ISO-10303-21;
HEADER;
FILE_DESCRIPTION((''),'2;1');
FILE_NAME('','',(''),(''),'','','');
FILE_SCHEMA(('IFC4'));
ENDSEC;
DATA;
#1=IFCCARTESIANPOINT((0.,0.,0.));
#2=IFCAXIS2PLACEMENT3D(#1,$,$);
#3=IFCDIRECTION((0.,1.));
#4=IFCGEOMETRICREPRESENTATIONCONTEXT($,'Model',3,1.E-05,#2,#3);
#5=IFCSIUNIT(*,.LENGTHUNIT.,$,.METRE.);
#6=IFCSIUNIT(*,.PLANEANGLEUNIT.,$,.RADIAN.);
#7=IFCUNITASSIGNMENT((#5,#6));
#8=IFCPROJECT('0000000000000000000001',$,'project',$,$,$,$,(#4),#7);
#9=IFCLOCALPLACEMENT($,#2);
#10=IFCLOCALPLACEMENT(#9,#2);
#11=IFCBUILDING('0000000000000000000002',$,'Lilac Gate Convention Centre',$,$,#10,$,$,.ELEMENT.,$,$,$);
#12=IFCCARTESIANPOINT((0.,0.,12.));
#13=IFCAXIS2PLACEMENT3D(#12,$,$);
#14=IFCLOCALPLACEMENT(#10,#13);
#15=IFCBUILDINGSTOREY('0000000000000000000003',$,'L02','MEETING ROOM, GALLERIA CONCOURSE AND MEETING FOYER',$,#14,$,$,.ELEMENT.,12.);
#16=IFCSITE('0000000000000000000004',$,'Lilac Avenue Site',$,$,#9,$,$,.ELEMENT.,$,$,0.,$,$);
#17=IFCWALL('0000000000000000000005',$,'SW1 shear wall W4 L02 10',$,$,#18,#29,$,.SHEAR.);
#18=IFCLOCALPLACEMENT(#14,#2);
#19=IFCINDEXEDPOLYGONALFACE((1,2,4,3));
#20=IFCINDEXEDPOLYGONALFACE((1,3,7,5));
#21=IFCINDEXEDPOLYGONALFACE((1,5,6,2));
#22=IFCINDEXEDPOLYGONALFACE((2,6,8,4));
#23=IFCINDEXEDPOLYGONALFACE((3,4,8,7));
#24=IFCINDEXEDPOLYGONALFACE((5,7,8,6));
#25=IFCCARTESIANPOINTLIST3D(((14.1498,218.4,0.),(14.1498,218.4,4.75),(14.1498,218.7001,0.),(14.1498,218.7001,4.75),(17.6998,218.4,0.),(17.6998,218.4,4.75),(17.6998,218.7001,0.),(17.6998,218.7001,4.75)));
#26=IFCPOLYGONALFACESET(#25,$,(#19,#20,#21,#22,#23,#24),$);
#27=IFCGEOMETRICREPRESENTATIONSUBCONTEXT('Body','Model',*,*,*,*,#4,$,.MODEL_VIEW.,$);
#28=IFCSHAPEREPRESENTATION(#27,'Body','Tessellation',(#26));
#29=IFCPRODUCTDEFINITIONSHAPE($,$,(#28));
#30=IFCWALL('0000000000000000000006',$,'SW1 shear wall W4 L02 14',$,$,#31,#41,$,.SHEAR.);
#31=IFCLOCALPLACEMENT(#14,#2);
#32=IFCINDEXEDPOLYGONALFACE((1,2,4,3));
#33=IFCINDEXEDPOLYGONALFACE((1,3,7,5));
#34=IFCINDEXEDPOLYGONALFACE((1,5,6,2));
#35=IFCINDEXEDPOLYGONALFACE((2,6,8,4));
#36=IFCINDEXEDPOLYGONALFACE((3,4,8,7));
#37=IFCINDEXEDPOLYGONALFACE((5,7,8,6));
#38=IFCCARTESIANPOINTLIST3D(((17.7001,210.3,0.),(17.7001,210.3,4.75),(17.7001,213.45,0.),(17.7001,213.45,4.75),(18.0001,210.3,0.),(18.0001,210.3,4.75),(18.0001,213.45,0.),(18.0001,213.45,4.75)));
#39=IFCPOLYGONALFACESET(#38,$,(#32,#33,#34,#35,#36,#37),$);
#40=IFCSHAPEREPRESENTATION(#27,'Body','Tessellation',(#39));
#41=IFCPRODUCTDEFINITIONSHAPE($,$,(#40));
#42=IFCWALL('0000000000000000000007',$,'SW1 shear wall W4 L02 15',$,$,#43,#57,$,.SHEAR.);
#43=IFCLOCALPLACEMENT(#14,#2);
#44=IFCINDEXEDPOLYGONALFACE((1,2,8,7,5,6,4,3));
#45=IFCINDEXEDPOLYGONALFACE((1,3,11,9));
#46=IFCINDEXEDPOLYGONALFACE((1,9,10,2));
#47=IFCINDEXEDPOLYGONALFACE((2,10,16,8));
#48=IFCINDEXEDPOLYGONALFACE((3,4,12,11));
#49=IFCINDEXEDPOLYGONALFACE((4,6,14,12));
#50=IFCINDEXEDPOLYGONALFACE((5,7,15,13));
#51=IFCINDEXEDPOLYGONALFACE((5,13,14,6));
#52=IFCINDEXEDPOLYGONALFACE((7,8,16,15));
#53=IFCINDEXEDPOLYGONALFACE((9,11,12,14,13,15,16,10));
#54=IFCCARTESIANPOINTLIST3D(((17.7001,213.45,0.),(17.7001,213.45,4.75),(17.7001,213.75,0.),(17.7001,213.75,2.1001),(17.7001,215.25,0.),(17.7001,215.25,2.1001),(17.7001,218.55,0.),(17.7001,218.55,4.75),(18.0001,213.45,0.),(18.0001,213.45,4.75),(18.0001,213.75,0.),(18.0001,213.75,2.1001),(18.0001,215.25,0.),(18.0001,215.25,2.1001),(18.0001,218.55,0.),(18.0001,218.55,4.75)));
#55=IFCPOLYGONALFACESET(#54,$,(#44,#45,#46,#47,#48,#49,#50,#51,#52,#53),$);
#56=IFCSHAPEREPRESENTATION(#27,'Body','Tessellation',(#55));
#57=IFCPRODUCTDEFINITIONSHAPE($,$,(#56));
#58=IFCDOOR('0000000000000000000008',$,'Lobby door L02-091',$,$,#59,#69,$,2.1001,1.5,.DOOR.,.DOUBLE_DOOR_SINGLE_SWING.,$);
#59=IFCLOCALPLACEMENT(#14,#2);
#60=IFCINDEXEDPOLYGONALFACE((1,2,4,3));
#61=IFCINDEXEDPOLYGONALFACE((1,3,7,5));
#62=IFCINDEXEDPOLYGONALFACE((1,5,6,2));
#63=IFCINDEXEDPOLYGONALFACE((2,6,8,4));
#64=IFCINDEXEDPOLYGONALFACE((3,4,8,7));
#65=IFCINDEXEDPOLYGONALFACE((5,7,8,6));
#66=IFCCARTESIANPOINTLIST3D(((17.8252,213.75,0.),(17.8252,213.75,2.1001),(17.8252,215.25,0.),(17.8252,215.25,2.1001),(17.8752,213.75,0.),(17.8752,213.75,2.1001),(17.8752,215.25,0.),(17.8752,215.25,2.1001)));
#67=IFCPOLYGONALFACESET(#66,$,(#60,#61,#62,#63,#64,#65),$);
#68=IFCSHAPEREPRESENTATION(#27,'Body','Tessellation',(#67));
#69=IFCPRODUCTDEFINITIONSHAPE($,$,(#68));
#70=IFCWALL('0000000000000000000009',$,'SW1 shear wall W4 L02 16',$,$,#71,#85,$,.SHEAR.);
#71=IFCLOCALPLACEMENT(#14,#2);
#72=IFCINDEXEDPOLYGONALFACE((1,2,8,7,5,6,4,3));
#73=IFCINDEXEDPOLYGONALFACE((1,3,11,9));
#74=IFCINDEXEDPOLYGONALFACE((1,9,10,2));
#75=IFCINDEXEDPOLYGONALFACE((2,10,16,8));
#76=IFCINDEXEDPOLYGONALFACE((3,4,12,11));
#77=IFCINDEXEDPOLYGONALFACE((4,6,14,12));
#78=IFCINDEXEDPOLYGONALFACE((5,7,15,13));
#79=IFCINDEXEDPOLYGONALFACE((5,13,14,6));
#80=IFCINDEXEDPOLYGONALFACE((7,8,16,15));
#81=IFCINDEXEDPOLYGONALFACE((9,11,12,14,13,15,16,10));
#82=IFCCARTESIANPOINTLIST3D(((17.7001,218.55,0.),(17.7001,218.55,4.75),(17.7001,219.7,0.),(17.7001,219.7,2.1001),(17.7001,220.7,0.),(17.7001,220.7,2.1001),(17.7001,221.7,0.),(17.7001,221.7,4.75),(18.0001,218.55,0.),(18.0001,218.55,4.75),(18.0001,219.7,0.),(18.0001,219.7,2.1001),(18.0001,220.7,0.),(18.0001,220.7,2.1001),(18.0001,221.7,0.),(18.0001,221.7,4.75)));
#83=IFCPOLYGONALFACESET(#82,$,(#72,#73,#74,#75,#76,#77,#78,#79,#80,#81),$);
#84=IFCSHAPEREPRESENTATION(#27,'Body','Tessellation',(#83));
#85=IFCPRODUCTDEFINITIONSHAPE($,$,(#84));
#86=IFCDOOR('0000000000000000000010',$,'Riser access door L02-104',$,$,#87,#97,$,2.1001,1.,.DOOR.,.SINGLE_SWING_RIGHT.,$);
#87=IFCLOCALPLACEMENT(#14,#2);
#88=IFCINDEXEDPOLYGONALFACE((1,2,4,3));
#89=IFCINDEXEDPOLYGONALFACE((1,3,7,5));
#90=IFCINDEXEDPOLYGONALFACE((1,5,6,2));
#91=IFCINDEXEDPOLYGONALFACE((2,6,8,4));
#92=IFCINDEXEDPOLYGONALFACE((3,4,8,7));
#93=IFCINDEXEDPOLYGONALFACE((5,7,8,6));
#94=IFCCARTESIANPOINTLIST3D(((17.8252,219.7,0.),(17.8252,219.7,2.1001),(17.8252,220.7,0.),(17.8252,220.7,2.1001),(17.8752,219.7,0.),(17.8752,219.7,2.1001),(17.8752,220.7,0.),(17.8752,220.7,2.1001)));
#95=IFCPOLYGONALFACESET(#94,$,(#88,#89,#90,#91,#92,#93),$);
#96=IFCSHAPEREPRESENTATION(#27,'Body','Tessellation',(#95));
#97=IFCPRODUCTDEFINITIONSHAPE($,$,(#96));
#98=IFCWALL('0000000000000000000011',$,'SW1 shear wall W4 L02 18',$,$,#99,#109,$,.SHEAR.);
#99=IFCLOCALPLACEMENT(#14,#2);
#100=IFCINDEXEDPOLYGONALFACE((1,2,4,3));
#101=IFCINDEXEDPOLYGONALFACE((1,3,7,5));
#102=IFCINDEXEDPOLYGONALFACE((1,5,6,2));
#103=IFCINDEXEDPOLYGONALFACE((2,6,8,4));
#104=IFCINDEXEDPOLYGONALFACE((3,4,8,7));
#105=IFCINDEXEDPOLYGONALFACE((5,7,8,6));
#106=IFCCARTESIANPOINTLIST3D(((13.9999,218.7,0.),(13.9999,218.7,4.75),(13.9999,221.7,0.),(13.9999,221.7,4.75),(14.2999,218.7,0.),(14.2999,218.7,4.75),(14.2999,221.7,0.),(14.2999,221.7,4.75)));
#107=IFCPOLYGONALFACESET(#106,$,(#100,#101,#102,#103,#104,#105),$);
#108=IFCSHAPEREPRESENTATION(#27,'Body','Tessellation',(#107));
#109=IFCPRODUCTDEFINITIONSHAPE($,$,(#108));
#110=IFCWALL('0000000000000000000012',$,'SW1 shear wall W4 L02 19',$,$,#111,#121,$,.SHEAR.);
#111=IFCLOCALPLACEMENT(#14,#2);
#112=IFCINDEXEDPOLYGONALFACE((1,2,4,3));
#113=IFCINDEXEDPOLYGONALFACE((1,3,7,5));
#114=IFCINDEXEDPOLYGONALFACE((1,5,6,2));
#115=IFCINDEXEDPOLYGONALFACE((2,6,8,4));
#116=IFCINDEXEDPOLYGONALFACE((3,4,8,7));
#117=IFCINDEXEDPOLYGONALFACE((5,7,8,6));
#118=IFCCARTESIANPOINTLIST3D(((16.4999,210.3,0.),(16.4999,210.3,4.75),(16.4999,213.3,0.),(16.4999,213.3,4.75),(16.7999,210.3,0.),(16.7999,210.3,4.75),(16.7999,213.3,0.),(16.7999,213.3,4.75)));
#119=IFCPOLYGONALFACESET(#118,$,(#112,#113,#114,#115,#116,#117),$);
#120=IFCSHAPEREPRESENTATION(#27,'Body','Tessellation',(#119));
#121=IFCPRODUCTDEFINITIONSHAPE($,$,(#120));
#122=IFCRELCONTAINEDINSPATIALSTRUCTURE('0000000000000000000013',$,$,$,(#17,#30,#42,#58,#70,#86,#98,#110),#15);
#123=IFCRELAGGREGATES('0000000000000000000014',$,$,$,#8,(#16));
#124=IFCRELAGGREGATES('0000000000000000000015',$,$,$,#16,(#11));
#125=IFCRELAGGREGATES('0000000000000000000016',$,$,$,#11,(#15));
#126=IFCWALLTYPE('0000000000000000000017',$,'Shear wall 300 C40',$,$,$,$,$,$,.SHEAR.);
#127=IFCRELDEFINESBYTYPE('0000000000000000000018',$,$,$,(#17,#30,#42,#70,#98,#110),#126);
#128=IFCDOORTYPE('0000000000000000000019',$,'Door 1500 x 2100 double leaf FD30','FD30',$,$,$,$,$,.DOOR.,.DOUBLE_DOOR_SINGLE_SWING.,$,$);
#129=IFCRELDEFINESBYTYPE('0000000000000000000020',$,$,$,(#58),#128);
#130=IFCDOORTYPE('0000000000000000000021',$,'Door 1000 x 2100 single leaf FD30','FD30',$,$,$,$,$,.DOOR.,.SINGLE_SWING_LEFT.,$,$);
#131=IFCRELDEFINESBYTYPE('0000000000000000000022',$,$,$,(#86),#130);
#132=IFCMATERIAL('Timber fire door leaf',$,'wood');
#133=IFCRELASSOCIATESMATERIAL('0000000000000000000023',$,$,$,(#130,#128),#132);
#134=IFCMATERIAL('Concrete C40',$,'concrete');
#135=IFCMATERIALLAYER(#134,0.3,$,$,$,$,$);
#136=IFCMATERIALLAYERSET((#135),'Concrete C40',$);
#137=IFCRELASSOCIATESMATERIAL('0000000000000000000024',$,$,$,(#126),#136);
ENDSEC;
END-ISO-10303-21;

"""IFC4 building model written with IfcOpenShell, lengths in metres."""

from ifc_helpers import new_model, si_unit, direction, frame, frame_2d, origin, place, context, subcontext, project, spatial, rectangle, extrude, material, layer, layer_set, type_object, element, fill, save


model = new_model("IFC4")

# Units and contexts
model_context = context("Model", 3, precision=1e-05, world=origin(), true_north=direction((0.0, 1.0)))
body_context = subcontext(model_context, "Body", "Model", "MODEL_VIEW")
ifc_project = project(units=[si_unit("LENGTHUNIT", "METRE"), si_unit("PLANEANGLEUNIT", "RADIAN")], contexts=[model_context])

# Site, building, storey
site_placement = place(None, origin())
site = spatial("IfcSite", under=ifc_project, at=site_placement, Name="Lilac Avenue Site", CompositionType="ELEMENT", RefElevation=0.0)
building_placement = place(site_placement, origin())
building = spatial("IfcBuilding", under=site, at=building_placement, Name="Lilac Gate Convention Centre", CompositionType="ELEMENT")
storey_placement = place(building_placement, frame((0.0, 0.0, 12.0)))
storey = spatial("IfcBuildingStorey", under=building, at=storey_placement, Name="L02", Description="MEETING ROOM, GALLERIA CONCOURSE AND MEETING FOYER", CompositionType="ELEMENT", Elevation=12.0)

# Shared definitions
ifc_material_1 = material(Name="Concrete C40", Category="concrete")

# Shared definitions
ifc_material_2 = material(Name="Timber fire door leaf", Category="wood")
door_type_1 = type_object("IfcDoorType", Name="Door 1000 x 2100 single leaf FD30", Description="FD30", OperationType="SINGLE_SWING_LEFT", PredefinedType="DOOR", material=ifc_material_2)

# Shared definitions
ifc_layer_1 = layer(ifc_material_1, 0.3)
ifc_layer_set_1 = layer_set([ifc_layer_1], Name="Concrete C40")
wall_type_1 = type_object("IfcWallType", Name="Shear wall 300 C40", PredefinedType="SHEAR", material=ifc_layer_set_1)

# Walls
wall_1_placement = place(storey_placement, frame((14.1499, 218.55, 0.0), z_axis=(0.0, 0.0, 1.0), x_axis=(1.0, 0.0, 0.0)))
element("IfcWall", 1, at=wall_1_placement, inside=storey, type_object=wall_type_1, Name="SW1 shear wall W4 L02 10", PredefinedType="SHEAR", context=body_context, shape_type="SweptSolid", body=[
    extrude(rectangle(XDim=3.55, YDim=0.3, at=frame_2d((1.7749, 0.0))), origin(), (0.0, 0.0, 1.0), 4.75),
])
wall_2_placement = place(storey_placement, frame((17.8501, 210.3, 0.0), z_axis=(0.0, 0.0, 1.0), x_axis=(0.0, 1.0, 0.0)))
element("IfcWall", 2, at=wall_2_placement, inside=storey, type_object=wall_type_1, Name="SW1 shear wall W4 L02 14", PredefinedType="SHEAR", context=body_context, shape_type="SweptSolid", body=[
    extrude(rectangle(XDim=3.1499, YDim=0.3, at=frame_2d((1.575, 0.0))), origin(), (0.0, 0.0, 1.0), 4.75),
])

# Walls, openings, doors
wall_3_placement = place(storey_placement, frame((17.8501, 213.45, 0.0), z_axis=(0.0, 0.0, 1.0), x_axis=(0.0, 1.0, 0.0)))
wall_3 = element("IfcWall", 3, at=wall_3_placement, inside=storey, type_object=wall_type_1, Name="SW1 shear wall W4 L02 15", PredefinedType="SHEAR", context=body_context, shape_type="SweptSolid", body=[
    extrude(rectangle(XDim=5.1001, YDim=0.3, at=frame_2d((2.55, 0.0))), origin(), (0.0, 0.0, 1.0), 4.75),
])
opening_1_placement = place(wall_3_placement, frame((0.3, 0.0, 0.0)))
opening_1 = element("IfcOpeningElement", 4, at=opening_1_placement, cuts=wall_3, PredefinedType="OPENING", context=body_context, shape_type="SweptSolid", body=[
    extrude(rectangle(XDim=1.5, YDim=2.1001, at=frame_2d((0.75, 1.05))), frame((0.0, 0.1599, 0.0), z_axis=(0.0, -1.0, 0.0), x_axis=(1.0, 0.0, 0.0)), (0.0, 0.0, 1.0), 0.3201),
])
door_type_2 = type_object("IfcDoorType", Name="Door 1500 x 2100 double leaf FD30", Description="FD30", OperationType="DOUBLE_DOOR_SINGLE_SWING", PredefinedType="DOOR", material=ifc_material_2)
door_1_placement = place(opening_1_placement, origin())
door_1 = element("IfcDoor", 5, at=door_1_placement, inside=storey, type_object=door_type_2, Name="Lobby door L02-091", OperationType="DOUBLE_DOOR_SINGLE_SWING", OverallHeight=2.1001, OverallWidth=1.5, PredefinedType="DOOR", context=body_context, shape_type="SweptSolid", body=[
    extrude(rectangle(XDim=1.5, YDim=2.1001, at=frame_2d((0.75, 1.05))), frame((0.0, 0.0249, 0.0), z_axis=(0.0, -1.0, 0.0), x_axis=(1.0, 0.0, 0.0)), (0.0, 0.0, 1.0), 0.05),
])
fill(opening_1, door_1)
wall_4_placement = place(storey_placement, frame((17.8501, 218.55, 0.0), z_axis=(0.0, 0.0, 1.0), x_axis=(0.0, 1.0, 0.0)))
wall_4 = element("IfcWall", 6, at=wall_4_placement, inside=storey, type_object=wall_type_1, Name="SW1 shear wall W4 L02 16", PredefinedType="SHEAR", context=body_context, shape_type="SweptSolid", body=[
    extrude(rectangle(XDim=3.1499, YDim=0.3, at=frame_2d((1.575, 0.0))), origin(), (0.0, 0.0, 1.0), 4.75),
])
opening_2_placement = place(wall_4_placement, frame((1.1499, 0.0, 0.0)))
opening_2 = element("IfcOpeningElement", 7, at=opening_2_placement, cuts=wall_4, PredefinedType="OPENING", context=body_context, shape_type="SweptSolid", body=[
    extrude(rectangle(XDim=1.0, YDim=2.1001, at=frame_2d((0.5, 1.05))), frame((0.0, 0.1599, 0.0), z_axis=(0.0, -1.0, 0.0), x_axis=(1.0, 0.0, 0.0)), (0.0, 0.0, 1.0), 0.3201),
])
door_2_placement = place(opening_2_placement, origin())
door_2 = element("IfcDoor", 8, at=door_2_placement, inside=storey, type_object=door_type_1, Name="Riser access door L02-104", OperationType="SINGLE_SWING_RIGHT", OverallHeight=2.1001, OverallWidth=1.0, PredefinedType="DOOR", context=body_context, shape_type="SweptSolid", body=[
    extrude(rectangle(XDim=1.0, YDim=2.1001, at=frame_2d((0.5, 1.05))), frame((0.0, 0.0249, 0.0), z_axis=(0.0, -1.0, 0.0), x_axis=(1.0, 0.0, 0.0)), (0.0, 0.0, 1.0), 0.05),
])
fill(opening_2, door_2)

# Walls
for number, where, z_axis, x_axis, name in (
    (9, (14.1499, 218.7, 0.0), (0.0, 0.0, 1.0), (0.0, 1.0, 0.0), "SW1 shear wall W4 L02 18"),
    (10, (16.6499, 210.3, 0.0), (0.0, 0.0, 1.0), (0.0, 1.0, 0.0), "SW1 shear wall W4 L02 19"),
):
    element("IfcWall", number, at=place(storey_placement, frame(where, z_axis=z_axis, x_axis=x_axis)), inside=storey, type_object=wall_type_1, Name=name, PredefinedType="SHEAR", context=body_context, shape_type="SweptSolid", body=[
        extrude(rectangle(XDim=3.0, YDim=0.3, at=frame_2d((1.5, 0.0))), origin(), (0.0, 0.0, 1.0), 4.75),
    ])

save(model, "model.ifc")
